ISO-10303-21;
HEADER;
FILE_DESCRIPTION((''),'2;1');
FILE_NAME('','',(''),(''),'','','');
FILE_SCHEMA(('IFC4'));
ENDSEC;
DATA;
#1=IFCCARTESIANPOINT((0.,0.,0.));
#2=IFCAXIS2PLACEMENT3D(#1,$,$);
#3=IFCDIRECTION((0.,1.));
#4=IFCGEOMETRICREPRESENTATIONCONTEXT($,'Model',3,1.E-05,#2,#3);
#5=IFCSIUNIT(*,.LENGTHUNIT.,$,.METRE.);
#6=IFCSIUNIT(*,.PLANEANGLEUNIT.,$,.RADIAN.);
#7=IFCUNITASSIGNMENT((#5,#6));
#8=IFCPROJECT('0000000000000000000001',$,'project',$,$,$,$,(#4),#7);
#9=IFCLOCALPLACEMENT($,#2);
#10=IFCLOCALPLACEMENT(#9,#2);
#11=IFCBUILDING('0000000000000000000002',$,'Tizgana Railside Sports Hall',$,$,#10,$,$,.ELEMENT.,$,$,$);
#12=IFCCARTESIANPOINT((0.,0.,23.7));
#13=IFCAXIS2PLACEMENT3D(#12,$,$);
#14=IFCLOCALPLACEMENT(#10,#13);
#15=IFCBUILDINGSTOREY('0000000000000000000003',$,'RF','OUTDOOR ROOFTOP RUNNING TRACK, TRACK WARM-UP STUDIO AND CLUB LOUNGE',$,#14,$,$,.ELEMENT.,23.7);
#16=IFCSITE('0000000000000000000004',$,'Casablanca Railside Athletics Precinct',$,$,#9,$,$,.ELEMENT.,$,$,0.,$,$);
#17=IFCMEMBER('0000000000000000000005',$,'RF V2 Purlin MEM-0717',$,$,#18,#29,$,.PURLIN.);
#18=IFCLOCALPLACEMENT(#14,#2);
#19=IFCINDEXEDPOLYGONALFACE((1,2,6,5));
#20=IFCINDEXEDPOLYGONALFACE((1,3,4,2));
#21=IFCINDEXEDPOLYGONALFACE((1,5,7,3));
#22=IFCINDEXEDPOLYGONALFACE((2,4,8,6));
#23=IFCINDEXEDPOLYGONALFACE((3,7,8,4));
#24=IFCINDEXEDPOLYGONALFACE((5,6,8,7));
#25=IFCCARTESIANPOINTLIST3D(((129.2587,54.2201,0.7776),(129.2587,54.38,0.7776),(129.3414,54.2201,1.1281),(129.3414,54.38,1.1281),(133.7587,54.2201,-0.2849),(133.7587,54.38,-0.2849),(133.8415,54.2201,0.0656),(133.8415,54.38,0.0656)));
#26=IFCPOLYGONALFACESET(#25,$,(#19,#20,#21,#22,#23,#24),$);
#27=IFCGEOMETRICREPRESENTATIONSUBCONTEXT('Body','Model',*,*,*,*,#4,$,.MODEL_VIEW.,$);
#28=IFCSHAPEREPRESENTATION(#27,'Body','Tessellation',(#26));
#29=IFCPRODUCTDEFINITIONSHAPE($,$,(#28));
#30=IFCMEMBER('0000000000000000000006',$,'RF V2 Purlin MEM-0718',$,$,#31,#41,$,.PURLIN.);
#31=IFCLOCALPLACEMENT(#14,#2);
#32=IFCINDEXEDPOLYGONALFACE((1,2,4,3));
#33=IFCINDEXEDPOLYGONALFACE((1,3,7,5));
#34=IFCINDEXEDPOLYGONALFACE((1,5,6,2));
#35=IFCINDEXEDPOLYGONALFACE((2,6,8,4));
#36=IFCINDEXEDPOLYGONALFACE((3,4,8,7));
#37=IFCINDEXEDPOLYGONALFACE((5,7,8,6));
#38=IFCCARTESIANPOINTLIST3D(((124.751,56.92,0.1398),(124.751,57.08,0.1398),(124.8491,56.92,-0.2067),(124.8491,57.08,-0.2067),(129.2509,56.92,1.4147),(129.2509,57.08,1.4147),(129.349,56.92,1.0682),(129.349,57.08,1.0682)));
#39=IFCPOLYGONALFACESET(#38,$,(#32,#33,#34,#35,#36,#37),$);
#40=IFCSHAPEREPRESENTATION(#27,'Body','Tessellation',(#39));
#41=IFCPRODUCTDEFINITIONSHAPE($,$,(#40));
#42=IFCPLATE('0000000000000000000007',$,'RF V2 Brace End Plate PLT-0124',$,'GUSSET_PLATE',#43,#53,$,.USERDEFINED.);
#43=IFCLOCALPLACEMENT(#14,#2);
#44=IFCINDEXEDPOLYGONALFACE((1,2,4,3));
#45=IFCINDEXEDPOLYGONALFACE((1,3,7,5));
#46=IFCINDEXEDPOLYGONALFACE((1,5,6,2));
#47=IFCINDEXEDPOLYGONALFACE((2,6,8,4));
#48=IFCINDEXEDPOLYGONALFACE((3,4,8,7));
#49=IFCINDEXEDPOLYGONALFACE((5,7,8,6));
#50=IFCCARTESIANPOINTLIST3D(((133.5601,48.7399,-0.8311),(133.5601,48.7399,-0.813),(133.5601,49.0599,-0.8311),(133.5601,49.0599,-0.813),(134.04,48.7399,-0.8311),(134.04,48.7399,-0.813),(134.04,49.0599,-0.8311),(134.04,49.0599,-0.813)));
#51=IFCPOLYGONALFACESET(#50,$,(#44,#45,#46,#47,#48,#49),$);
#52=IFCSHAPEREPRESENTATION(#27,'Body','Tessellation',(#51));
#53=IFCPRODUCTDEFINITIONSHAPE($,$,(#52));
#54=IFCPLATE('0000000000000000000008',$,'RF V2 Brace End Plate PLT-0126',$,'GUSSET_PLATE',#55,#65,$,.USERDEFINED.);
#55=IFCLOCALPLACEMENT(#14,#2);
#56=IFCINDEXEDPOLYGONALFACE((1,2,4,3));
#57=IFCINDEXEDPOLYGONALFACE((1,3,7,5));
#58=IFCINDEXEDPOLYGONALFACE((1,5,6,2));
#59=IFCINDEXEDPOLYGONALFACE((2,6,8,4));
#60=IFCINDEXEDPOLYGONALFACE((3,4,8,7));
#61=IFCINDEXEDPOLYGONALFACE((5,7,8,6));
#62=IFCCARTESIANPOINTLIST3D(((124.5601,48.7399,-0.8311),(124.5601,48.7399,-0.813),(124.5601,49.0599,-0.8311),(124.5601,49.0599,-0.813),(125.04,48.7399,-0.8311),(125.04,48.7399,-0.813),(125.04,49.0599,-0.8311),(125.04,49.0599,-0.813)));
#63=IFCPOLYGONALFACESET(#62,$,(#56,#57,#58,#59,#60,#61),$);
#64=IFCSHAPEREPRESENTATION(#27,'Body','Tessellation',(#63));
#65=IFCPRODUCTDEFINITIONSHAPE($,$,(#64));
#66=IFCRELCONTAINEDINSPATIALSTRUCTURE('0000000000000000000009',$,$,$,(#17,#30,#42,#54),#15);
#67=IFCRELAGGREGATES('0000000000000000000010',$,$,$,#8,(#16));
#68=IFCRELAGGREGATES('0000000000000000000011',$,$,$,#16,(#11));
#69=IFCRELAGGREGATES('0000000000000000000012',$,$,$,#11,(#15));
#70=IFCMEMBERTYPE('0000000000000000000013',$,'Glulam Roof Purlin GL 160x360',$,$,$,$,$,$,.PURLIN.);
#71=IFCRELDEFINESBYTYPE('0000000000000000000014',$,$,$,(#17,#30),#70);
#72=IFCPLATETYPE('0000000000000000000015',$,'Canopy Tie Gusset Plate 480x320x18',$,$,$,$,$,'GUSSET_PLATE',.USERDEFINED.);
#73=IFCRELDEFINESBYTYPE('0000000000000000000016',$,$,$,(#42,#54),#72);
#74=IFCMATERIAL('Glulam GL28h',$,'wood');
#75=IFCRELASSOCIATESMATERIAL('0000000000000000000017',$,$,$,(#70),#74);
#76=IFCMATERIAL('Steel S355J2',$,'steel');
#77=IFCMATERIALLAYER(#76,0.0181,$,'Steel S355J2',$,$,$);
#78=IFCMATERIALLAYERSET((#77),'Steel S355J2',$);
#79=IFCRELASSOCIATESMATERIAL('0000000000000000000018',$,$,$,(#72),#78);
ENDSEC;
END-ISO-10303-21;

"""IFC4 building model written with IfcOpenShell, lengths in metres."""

from ifc_helpers import new_model, si_unit, direction, frame, origin, origin_2d, place, context, subcontext, project, spatial, rectangle, extrude, material, layer, layer_set, material_profile, profile_set, type_object, element, save


model = new_model("IFC4")

# Units and contexts
model_context = context("Model", 3, precision=1e-05, world=origin(), true_north=direction((0.0, 1.0)))
body_context = subcontext(model_context, "Body", "Model", "MODEL_VIEW")
ifc_project = project(units=[si_unit("LENGTHUNIT", "METRE"), si_unit("PLANEANGLEUNIT", "RADIAN")], contexts=[model_context])

# Site, building, storey
site_placement = place(None, origin())
site = spatial("IfcSite", under=ifc_project, at=site_placement, Name="Casablanca Railside Athletics Precinct", CompositionType="ELEMENT", RefElevation=0.0)
building_placement = place(site_placement, origin())
building = spatial("IfcBuilding", under=site, at=building_placement, Name="Tizgana Railside Sports Hall", CompositionType="ELEMENT")
storey_placement = place(building_placement, frame((0.0, 0.0, 23.7)))
storey = spatial("IfcBuildingStorey", under=building, at=storey_placement, Name="RF", Description="OUTDOOR ROOFTOP RUNNING TRACK, TRACK WARM-UP STUDIO AND CLUB LOUNGE", CompositionType="ELEMENT", Elevation=23.7)

# Members
ifc_material_1 = material(Name="Glulam GL28h", Category="wood")
ifc_material_profile_1 = material_profile(ifc_material_1, rectangle(XDim=0.1599, YDim=0.3601, at=origin_2d()), Name="GL 160x360")
ifc_profile_set_1 = profile_set([ifc_material_profile_1], Name="Glulam GL28h")
member_type_1 = type_object("IfcMemberType", Name="Glulam Roof Purlin GL 160x360", PredefinedType="PURLIN", material=ifc_profile_set_1)
for number, where, z_axis, x_axis, name in (
    (1, (129.3, 54.3, 0.9529), (0.97324, 0.0, -0.229793), (0.0, 1.0, 0.0), "RF V2 Purlin MEM-0717"),
):
    element("IfcMember", number, at=place(storey_placement, frame(where, z_axis=z_axis, x_axis=x_axis)), inside=storey, type_object=member_type_1, Name=name, PredefinedType="PURLIN", context=body_context, shape_type="SweptSolid", body=[
        extrude(rectangle(XDim=0.1599, YDim=0.3601, at=origin_2d()), origin(), (0.0, 0.0, 1.0), 4.6238),
    ])
member_1_placement = place(storey_placement, frame((124.8, 57.0, -0.0334), z_axis=(0.962132, 0.0, 0.272583), x_axis=(0.0, 1.0, 0.0)))
element("IfcMember", 2, at=member_1_placement, inside=storey, type_object=member_type_1, Name="RF V2 Purlin MEM-0718", PredefinedType="PURLIN", context=body_context, shape_type="SweptSolid", body=[
    extrude(rectangle(XDim=0.1599, YDim=0.3601, at=origin_2d()), origin(), (0.0, 0.0, 1.0), 4.677),
])

# Plates
ifc_material_2 = material(Name="Steel S355J2", Category="steel")
ifc_layer = layer(ifc_material_2, 0.0181, Name="Steel S355J2")
ifc_layer_set = layer_set([ifc_layer], Name="Steel S355J2")
plate_type = type_object("IfcPlateType", Name="Canopy Tie Gusset Plate 480x320x18", ElementType="GUSSET_PLATE", PredefinedType="USERDEFINED", material=ifc_layer_set)
for number, where, z_axis, x_axis, name in (
    (3, (133.8, 48.8999, -0.8311), (0.0, 0.0, 1.0), (1.0, 0.0, 0.0), "RF V2 Brace End Plate PLT-0124"),
    (4, (124.8, 48.8999, -0.8311), (0.0, 0.0, 1.0), (1.0, 0.0, 0.0), "RF V2 Brace End Plate PLT-0126"),
):
    element("IfcPlate", number, at=place(storey_placement, frame(where, z_axis=z_axis, x_axis=x_axis)), inside=storey, type_object=plate_type, Name=name, ObjectType="GUSSET_PLATE", PredefinedType="USERDEFINED", context=body_context, shape_type="SweptSolid", body=[
        extrude(rectangle(XDim=0.48, YDim=0.3201, at=origin_2d()), origin(), (0.0, 0.0, 1.0), 0.0181),
    ])

save(model, "model.ifc")
